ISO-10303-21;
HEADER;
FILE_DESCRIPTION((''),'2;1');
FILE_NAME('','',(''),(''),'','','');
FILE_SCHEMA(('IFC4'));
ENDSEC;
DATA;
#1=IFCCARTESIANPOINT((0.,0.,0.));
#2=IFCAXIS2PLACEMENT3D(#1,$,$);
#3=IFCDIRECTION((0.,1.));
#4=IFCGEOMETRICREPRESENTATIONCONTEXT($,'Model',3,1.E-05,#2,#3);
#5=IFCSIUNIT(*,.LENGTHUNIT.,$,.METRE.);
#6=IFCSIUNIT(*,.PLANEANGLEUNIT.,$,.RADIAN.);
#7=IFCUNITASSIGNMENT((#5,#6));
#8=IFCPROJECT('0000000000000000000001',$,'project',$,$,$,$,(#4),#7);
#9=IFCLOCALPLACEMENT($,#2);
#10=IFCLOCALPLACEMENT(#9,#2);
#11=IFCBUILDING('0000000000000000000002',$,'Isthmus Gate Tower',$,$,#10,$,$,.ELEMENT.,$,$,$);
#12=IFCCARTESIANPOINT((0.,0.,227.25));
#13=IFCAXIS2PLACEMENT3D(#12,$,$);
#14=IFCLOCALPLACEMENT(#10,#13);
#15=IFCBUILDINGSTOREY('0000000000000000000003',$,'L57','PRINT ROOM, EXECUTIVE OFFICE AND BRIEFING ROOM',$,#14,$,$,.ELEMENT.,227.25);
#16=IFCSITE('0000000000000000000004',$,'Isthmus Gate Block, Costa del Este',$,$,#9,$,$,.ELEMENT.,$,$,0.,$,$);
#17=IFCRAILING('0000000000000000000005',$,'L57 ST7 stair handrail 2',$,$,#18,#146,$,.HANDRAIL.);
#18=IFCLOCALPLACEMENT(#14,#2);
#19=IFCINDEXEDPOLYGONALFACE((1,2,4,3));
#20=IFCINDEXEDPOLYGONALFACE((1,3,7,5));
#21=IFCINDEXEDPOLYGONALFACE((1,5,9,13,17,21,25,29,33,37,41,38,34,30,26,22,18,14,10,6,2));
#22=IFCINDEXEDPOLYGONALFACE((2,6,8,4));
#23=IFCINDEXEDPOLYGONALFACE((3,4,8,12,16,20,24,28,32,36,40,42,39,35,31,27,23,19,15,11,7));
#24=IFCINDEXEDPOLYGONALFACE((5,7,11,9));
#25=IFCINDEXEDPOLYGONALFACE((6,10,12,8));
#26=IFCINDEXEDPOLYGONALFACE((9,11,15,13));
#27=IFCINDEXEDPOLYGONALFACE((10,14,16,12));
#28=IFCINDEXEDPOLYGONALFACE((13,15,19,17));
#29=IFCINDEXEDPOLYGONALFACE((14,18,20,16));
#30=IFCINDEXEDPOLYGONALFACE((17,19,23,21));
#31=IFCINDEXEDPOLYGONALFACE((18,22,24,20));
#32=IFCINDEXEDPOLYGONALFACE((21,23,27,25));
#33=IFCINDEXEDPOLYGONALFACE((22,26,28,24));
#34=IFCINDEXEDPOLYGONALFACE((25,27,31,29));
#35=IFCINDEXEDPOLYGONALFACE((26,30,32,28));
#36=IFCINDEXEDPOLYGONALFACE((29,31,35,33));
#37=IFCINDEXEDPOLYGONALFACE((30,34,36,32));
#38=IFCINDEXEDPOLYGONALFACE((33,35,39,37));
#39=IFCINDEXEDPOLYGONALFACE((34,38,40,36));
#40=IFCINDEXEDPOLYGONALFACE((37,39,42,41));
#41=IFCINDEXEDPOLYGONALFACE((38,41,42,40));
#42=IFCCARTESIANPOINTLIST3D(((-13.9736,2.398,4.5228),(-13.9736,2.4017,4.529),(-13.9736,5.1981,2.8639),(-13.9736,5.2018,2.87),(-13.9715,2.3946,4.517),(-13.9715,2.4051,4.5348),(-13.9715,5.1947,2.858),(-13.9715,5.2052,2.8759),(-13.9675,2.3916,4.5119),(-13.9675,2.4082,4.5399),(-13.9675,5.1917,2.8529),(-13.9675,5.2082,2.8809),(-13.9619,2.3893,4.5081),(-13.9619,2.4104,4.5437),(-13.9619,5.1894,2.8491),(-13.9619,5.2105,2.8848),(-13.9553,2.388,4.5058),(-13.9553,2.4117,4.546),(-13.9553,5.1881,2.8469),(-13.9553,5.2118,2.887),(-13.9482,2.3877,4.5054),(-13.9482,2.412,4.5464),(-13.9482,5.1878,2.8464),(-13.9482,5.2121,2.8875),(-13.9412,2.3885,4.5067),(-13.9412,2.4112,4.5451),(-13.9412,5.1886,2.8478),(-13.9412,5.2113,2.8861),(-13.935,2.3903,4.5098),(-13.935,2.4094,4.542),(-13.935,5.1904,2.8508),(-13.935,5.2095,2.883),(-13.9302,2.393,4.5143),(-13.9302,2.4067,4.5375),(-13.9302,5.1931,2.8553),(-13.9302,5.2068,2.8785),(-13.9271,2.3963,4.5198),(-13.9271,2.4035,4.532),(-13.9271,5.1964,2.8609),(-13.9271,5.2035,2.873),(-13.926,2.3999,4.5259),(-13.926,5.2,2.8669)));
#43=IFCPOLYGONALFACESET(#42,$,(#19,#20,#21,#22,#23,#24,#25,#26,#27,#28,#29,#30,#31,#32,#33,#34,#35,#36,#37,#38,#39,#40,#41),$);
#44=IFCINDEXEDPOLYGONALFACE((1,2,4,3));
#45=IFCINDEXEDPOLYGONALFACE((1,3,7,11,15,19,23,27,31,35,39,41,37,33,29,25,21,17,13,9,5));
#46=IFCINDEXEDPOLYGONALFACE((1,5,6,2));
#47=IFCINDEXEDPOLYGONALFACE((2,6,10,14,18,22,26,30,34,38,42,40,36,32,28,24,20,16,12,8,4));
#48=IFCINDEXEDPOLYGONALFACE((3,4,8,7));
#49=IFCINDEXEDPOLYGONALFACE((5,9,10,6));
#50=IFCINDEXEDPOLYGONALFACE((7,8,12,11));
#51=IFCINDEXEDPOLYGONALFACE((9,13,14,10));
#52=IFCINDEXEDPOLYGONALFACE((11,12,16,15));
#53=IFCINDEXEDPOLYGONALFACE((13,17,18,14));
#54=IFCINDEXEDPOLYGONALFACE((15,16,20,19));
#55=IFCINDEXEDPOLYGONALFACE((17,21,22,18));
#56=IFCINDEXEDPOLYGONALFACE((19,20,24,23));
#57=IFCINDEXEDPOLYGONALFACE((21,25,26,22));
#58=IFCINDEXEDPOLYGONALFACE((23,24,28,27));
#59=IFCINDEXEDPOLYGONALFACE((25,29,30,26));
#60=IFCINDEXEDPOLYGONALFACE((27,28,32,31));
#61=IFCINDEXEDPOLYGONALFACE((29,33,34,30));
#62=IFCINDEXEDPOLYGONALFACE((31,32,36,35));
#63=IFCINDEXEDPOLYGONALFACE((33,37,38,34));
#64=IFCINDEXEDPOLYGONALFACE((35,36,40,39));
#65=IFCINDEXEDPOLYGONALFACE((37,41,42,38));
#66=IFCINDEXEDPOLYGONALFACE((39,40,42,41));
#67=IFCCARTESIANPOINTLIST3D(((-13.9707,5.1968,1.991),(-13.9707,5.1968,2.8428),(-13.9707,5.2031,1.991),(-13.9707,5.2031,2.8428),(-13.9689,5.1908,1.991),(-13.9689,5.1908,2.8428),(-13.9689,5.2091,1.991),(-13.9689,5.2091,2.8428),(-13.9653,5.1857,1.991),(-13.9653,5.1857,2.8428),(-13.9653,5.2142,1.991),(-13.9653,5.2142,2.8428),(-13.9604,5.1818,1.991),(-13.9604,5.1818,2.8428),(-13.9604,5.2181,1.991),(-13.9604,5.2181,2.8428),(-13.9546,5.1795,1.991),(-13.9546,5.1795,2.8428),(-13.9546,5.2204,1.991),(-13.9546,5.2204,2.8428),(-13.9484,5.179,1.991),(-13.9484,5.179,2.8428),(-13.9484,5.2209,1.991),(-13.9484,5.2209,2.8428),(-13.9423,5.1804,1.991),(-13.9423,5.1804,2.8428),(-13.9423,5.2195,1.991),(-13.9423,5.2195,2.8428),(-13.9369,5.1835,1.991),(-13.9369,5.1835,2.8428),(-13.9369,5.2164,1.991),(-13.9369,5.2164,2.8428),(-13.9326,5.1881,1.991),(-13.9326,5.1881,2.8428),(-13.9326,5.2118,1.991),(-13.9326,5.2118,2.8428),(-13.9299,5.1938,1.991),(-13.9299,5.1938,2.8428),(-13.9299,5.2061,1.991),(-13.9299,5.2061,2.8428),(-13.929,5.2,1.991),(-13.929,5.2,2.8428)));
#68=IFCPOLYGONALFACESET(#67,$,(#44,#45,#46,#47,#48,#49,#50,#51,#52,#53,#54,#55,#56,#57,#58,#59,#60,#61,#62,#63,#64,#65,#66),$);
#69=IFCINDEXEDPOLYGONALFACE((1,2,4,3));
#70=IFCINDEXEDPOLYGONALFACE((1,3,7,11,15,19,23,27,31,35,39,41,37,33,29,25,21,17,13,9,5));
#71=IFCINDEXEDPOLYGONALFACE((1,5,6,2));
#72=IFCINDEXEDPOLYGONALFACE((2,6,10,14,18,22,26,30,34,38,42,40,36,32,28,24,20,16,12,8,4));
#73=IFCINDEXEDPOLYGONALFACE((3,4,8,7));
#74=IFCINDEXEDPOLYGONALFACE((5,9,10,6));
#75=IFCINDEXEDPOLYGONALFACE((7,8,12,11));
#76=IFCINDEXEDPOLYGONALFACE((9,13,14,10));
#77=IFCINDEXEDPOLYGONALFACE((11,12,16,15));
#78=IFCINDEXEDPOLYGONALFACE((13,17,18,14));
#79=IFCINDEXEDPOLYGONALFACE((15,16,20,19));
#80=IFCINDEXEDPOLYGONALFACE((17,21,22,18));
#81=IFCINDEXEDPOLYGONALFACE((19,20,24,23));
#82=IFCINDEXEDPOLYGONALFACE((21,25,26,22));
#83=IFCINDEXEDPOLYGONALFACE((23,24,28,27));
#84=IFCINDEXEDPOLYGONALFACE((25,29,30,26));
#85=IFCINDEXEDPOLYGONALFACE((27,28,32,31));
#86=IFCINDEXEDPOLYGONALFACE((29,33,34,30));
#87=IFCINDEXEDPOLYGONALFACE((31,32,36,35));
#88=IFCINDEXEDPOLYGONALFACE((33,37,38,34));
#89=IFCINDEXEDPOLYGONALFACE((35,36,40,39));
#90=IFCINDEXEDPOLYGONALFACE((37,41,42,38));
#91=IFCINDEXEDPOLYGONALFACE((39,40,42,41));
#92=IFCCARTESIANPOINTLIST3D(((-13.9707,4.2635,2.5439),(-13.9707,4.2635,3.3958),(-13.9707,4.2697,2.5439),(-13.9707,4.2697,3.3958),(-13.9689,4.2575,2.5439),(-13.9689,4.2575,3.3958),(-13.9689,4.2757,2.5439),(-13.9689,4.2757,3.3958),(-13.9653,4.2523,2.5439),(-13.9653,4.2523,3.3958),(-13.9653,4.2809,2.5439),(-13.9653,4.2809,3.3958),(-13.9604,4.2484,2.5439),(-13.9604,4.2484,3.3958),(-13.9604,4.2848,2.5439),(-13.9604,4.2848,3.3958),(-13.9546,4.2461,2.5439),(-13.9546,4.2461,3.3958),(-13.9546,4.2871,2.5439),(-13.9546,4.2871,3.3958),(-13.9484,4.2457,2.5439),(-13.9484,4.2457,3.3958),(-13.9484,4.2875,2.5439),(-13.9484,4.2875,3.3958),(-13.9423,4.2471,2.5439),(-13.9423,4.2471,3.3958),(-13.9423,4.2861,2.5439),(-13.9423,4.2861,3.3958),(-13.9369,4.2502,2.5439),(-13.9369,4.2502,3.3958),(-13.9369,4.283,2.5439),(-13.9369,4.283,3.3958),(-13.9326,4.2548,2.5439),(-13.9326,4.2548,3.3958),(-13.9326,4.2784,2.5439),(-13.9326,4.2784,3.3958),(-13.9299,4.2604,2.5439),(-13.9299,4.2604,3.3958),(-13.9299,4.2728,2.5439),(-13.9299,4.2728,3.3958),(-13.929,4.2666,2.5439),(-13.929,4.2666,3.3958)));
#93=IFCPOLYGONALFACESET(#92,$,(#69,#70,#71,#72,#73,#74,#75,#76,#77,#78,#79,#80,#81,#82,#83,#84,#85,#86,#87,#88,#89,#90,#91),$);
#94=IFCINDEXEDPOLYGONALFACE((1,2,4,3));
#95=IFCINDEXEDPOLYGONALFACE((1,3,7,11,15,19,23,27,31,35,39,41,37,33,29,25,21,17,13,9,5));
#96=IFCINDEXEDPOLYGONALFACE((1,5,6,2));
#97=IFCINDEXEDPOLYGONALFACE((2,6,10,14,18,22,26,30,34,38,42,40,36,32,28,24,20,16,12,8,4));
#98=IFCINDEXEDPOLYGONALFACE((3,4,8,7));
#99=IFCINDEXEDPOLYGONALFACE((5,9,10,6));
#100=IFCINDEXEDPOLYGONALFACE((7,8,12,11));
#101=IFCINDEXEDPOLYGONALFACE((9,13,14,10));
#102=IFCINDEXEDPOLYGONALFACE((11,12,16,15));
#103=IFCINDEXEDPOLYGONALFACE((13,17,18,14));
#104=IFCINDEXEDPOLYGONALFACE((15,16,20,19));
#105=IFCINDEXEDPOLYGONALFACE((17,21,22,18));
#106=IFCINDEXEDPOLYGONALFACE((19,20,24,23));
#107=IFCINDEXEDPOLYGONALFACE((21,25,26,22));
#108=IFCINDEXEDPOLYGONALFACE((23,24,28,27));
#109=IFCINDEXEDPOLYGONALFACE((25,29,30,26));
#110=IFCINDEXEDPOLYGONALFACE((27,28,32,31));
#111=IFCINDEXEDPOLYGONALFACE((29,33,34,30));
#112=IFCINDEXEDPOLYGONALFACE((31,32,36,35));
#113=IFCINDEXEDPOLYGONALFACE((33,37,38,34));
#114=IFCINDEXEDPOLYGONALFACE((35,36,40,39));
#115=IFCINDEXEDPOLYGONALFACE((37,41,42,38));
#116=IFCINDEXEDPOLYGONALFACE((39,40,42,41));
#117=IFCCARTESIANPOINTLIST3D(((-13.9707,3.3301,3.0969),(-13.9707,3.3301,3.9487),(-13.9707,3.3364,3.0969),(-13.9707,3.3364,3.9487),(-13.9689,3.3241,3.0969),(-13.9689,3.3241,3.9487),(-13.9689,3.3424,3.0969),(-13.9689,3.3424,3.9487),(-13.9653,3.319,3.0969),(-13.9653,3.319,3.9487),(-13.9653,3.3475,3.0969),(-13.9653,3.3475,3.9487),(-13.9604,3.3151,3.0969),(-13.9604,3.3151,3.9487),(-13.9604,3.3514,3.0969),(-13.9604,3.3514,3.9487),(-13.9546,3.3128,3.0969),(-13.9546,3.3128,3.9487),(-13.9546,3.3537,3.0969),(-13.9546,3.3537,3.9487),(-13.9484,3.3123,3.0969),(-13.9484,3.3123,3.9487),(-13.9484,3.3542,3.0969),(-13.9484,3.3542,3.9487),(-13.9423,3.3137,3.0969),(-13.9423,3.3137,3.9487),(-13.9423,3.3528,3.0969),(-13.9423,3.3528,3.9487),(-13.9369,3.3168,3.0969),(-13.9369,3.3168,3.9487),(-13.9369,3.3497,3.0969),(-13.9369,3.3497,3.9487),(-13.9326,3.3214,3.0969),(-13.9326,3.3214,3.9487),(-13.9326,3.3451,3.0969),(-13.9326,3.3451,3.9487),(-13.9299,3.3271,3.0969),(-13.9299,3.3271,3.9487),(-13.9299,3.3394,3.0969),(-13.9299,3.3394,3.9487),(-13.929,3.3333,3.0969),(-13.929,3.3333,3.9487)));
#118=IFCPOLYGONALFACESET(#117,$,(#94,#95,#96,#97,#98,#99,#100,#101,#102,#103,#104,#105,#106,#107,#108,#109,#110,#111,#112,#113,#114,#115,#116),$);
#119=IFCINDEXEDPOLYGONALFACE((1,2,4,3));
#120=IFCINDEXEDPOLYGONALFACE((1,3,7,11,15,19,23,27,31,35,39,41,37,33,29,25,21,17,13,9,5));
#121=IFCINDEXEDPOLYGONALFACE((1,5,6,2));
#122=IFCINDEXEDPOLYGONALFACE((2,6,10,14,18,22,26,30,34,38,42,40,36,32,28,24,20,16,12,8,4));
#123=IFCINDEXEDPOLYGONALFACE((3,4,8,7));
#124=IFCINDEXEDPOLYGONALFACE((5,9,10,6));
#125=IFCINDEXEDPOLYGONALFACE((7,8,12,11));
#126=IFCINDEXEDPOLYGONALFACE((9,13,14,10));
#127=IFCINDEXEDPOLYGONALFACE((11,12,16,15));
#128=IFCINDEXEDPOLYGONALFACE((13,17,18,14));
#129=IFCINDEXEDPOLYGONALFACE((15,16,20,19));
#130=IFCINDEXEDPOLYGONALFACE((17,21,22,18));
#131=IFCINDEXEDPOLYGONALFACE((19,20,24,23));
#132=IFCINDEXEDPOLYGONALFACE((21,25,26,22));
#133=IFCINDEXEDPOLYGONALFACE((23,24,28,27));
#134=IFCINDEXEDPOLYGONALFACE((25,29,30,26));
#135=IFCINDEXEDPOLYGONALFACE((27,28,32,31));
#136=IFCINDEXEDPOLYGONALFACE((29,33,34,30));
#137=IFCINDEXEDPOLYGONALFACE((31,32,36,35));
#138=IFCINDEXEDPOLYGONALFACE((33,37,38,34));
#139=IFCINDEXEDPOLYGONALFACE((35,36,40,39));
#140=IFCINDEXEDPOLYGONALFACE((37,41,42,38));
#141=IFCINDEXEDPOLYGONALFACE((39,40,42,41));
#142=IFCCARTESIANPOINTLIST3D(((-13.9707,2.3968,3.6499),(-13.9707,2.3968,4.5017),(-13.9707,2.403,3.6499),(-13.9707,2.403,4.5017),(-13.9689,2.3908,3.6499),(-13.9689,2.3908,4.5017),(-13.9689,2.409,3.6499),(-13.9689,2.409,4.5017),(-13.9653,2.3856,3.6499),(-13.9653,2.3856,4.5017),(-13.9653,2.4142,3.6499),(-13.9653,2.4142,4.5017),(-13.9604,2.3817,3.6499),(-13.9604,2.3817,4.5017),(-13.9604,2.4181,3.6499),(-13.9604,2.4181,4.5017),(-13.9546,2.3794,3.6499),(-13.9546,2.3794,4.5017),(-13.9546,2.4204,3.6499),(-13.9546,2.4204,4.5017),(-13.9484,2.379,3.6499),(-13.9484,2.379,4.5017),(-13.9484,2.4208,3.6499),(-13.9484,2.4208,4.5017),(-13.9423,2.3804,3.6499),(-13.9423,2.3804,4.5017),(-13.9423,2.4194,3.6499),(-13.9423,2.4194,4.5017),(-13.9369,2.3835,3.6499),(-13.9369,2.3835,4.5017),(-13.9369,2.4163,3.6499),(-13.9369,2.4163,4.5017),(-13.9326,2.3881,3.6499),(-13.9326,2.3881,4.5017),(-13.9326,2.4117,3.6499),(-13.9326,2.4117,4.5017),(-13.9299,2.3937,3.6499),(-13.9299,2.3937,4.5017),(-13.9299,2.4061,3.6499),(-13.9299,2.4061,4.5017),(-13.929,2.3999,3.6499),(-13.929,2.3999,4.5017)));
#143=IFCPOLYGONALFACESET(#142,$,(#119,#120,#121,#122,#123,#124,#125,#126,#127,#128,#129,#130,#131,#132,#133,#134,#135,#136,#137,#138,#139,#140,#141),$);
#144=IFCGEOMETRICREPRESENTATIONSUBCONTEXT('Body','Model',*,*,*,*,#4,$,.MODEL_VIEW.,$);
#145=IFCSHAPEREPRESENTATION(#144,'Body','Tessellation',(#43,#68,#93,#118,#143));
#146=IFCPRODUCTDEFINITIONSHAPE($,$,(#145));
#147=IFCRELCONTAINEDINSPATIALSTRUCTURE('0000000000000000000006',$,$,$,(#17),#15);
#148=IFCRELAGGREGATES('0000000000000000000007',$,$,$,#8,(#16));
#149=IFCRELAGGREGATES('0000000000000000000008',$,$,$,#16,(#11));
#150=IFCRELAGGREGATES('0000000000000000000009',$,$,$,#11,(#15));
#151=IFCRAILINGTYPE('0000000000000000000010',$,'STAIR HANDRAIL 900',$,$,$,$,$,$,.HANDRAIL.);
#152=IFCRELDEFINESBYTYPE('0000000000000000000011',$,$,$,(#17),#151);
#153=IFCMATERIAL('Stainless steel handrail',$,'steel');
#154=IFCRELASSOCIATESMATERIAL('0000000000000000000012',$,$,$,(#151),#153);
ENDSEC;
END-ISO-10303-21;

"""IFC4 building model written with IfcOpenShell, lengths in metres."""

from ifc_helpers import new_model, si_unit, direction, frame, origin, origin_2d, place, context, subcontext, project, spatial, circle, extrude, material, type_object, element, save


model = new_model("IFC4")

# Units and contexts
model_context = context("Model", 3, precision=1e-05, world=origin(), true_north=direction((0.0, 1.0)))
body_context = subcontext(model_context, "Body", "Model", "MODEL_VIEW")
ifc_project = project(units=[si_unit("LENGTHUNIT", "METRE"), si_unit("PLANEANGLEUNIT", "RADIAN")], contexts=[model_context])

# Site, building, storey
site_placement = place(None, origin())
site = spatial("IfcSite", under=ifc_project, at=site_placement, Name="Isthmus Gate Block, Costa del Este", CompositionType="ELEMENT", RefElevation=0.0)
building_placement = place(site_placement, origin())
building = spatial("IfcBuilding", under=site, at=building_placement, Name="Isthmus Gate Tower", CompositionType="ELEMENT")
storey_placement = place(building_placement, frame((0.0, 0.0, 227.25)))
storey = spatial("IfcBuildingStorey", under=building, at=storey_placement, Name="L57", Description="PRINT ROOM, EXECUTIVE OFFICE AND BRIEFING ROOM", CompositionType="ELEMENT", Elevation=227.25)

# Railing
ifc_material_1 = material(Name="Stainless steel handrail", Category="steel")
railing_type = type_object("IfcRailingType", Name="STAIR HANDRAIL 900", PredefinedType="HANDRAIL", material=ifc_material_1)
for number, where, name in (
    (1, (-13.95, 5.2, 1.991), "L57 ST7 stair handrail 2"),
):
    element("IfcRailing", number, at=place(storey_placement, frame(where)), inside=storey, type_object=railing_type, Name=name, PredefinedType="HANDRAIL", context=body_context, shape_type="SweptSolid", body=[
        extrude(circle(Radius=0.0239, at=origin_2d()), frame((0.0, 0.0, 0.876), z_axis=(0.0, -0.860339, 0.509722), x_axis=(1.0, 0.0, 0.0)), (0.0, 0.0, 1.0), 3.2546),
        extrude(circle(Radius=0.021, at=origin_2d()), origin(), (0.0, 0.0, 1.0), 0.8518),
        extrude(circle(Radius=0.021, at=origin_2d()), frame((0.0, -0.9333, 0.553)), (0.0, 0.0, 1.0), 0.8518),
        extrude(circle(Radius=0.021, at=origin_2d()), frame((0.0, -1.8667, 1.106)), (0.0, 0.0, 1.0), 0.8518),
        extrude(circle(Radius=0.021, at=origin_2d()), frame((0.0, -2.8, 1.6589)), (0.0, 0.0, 1.0), 0.8518),
    ])

save(model, "model.ifc")
